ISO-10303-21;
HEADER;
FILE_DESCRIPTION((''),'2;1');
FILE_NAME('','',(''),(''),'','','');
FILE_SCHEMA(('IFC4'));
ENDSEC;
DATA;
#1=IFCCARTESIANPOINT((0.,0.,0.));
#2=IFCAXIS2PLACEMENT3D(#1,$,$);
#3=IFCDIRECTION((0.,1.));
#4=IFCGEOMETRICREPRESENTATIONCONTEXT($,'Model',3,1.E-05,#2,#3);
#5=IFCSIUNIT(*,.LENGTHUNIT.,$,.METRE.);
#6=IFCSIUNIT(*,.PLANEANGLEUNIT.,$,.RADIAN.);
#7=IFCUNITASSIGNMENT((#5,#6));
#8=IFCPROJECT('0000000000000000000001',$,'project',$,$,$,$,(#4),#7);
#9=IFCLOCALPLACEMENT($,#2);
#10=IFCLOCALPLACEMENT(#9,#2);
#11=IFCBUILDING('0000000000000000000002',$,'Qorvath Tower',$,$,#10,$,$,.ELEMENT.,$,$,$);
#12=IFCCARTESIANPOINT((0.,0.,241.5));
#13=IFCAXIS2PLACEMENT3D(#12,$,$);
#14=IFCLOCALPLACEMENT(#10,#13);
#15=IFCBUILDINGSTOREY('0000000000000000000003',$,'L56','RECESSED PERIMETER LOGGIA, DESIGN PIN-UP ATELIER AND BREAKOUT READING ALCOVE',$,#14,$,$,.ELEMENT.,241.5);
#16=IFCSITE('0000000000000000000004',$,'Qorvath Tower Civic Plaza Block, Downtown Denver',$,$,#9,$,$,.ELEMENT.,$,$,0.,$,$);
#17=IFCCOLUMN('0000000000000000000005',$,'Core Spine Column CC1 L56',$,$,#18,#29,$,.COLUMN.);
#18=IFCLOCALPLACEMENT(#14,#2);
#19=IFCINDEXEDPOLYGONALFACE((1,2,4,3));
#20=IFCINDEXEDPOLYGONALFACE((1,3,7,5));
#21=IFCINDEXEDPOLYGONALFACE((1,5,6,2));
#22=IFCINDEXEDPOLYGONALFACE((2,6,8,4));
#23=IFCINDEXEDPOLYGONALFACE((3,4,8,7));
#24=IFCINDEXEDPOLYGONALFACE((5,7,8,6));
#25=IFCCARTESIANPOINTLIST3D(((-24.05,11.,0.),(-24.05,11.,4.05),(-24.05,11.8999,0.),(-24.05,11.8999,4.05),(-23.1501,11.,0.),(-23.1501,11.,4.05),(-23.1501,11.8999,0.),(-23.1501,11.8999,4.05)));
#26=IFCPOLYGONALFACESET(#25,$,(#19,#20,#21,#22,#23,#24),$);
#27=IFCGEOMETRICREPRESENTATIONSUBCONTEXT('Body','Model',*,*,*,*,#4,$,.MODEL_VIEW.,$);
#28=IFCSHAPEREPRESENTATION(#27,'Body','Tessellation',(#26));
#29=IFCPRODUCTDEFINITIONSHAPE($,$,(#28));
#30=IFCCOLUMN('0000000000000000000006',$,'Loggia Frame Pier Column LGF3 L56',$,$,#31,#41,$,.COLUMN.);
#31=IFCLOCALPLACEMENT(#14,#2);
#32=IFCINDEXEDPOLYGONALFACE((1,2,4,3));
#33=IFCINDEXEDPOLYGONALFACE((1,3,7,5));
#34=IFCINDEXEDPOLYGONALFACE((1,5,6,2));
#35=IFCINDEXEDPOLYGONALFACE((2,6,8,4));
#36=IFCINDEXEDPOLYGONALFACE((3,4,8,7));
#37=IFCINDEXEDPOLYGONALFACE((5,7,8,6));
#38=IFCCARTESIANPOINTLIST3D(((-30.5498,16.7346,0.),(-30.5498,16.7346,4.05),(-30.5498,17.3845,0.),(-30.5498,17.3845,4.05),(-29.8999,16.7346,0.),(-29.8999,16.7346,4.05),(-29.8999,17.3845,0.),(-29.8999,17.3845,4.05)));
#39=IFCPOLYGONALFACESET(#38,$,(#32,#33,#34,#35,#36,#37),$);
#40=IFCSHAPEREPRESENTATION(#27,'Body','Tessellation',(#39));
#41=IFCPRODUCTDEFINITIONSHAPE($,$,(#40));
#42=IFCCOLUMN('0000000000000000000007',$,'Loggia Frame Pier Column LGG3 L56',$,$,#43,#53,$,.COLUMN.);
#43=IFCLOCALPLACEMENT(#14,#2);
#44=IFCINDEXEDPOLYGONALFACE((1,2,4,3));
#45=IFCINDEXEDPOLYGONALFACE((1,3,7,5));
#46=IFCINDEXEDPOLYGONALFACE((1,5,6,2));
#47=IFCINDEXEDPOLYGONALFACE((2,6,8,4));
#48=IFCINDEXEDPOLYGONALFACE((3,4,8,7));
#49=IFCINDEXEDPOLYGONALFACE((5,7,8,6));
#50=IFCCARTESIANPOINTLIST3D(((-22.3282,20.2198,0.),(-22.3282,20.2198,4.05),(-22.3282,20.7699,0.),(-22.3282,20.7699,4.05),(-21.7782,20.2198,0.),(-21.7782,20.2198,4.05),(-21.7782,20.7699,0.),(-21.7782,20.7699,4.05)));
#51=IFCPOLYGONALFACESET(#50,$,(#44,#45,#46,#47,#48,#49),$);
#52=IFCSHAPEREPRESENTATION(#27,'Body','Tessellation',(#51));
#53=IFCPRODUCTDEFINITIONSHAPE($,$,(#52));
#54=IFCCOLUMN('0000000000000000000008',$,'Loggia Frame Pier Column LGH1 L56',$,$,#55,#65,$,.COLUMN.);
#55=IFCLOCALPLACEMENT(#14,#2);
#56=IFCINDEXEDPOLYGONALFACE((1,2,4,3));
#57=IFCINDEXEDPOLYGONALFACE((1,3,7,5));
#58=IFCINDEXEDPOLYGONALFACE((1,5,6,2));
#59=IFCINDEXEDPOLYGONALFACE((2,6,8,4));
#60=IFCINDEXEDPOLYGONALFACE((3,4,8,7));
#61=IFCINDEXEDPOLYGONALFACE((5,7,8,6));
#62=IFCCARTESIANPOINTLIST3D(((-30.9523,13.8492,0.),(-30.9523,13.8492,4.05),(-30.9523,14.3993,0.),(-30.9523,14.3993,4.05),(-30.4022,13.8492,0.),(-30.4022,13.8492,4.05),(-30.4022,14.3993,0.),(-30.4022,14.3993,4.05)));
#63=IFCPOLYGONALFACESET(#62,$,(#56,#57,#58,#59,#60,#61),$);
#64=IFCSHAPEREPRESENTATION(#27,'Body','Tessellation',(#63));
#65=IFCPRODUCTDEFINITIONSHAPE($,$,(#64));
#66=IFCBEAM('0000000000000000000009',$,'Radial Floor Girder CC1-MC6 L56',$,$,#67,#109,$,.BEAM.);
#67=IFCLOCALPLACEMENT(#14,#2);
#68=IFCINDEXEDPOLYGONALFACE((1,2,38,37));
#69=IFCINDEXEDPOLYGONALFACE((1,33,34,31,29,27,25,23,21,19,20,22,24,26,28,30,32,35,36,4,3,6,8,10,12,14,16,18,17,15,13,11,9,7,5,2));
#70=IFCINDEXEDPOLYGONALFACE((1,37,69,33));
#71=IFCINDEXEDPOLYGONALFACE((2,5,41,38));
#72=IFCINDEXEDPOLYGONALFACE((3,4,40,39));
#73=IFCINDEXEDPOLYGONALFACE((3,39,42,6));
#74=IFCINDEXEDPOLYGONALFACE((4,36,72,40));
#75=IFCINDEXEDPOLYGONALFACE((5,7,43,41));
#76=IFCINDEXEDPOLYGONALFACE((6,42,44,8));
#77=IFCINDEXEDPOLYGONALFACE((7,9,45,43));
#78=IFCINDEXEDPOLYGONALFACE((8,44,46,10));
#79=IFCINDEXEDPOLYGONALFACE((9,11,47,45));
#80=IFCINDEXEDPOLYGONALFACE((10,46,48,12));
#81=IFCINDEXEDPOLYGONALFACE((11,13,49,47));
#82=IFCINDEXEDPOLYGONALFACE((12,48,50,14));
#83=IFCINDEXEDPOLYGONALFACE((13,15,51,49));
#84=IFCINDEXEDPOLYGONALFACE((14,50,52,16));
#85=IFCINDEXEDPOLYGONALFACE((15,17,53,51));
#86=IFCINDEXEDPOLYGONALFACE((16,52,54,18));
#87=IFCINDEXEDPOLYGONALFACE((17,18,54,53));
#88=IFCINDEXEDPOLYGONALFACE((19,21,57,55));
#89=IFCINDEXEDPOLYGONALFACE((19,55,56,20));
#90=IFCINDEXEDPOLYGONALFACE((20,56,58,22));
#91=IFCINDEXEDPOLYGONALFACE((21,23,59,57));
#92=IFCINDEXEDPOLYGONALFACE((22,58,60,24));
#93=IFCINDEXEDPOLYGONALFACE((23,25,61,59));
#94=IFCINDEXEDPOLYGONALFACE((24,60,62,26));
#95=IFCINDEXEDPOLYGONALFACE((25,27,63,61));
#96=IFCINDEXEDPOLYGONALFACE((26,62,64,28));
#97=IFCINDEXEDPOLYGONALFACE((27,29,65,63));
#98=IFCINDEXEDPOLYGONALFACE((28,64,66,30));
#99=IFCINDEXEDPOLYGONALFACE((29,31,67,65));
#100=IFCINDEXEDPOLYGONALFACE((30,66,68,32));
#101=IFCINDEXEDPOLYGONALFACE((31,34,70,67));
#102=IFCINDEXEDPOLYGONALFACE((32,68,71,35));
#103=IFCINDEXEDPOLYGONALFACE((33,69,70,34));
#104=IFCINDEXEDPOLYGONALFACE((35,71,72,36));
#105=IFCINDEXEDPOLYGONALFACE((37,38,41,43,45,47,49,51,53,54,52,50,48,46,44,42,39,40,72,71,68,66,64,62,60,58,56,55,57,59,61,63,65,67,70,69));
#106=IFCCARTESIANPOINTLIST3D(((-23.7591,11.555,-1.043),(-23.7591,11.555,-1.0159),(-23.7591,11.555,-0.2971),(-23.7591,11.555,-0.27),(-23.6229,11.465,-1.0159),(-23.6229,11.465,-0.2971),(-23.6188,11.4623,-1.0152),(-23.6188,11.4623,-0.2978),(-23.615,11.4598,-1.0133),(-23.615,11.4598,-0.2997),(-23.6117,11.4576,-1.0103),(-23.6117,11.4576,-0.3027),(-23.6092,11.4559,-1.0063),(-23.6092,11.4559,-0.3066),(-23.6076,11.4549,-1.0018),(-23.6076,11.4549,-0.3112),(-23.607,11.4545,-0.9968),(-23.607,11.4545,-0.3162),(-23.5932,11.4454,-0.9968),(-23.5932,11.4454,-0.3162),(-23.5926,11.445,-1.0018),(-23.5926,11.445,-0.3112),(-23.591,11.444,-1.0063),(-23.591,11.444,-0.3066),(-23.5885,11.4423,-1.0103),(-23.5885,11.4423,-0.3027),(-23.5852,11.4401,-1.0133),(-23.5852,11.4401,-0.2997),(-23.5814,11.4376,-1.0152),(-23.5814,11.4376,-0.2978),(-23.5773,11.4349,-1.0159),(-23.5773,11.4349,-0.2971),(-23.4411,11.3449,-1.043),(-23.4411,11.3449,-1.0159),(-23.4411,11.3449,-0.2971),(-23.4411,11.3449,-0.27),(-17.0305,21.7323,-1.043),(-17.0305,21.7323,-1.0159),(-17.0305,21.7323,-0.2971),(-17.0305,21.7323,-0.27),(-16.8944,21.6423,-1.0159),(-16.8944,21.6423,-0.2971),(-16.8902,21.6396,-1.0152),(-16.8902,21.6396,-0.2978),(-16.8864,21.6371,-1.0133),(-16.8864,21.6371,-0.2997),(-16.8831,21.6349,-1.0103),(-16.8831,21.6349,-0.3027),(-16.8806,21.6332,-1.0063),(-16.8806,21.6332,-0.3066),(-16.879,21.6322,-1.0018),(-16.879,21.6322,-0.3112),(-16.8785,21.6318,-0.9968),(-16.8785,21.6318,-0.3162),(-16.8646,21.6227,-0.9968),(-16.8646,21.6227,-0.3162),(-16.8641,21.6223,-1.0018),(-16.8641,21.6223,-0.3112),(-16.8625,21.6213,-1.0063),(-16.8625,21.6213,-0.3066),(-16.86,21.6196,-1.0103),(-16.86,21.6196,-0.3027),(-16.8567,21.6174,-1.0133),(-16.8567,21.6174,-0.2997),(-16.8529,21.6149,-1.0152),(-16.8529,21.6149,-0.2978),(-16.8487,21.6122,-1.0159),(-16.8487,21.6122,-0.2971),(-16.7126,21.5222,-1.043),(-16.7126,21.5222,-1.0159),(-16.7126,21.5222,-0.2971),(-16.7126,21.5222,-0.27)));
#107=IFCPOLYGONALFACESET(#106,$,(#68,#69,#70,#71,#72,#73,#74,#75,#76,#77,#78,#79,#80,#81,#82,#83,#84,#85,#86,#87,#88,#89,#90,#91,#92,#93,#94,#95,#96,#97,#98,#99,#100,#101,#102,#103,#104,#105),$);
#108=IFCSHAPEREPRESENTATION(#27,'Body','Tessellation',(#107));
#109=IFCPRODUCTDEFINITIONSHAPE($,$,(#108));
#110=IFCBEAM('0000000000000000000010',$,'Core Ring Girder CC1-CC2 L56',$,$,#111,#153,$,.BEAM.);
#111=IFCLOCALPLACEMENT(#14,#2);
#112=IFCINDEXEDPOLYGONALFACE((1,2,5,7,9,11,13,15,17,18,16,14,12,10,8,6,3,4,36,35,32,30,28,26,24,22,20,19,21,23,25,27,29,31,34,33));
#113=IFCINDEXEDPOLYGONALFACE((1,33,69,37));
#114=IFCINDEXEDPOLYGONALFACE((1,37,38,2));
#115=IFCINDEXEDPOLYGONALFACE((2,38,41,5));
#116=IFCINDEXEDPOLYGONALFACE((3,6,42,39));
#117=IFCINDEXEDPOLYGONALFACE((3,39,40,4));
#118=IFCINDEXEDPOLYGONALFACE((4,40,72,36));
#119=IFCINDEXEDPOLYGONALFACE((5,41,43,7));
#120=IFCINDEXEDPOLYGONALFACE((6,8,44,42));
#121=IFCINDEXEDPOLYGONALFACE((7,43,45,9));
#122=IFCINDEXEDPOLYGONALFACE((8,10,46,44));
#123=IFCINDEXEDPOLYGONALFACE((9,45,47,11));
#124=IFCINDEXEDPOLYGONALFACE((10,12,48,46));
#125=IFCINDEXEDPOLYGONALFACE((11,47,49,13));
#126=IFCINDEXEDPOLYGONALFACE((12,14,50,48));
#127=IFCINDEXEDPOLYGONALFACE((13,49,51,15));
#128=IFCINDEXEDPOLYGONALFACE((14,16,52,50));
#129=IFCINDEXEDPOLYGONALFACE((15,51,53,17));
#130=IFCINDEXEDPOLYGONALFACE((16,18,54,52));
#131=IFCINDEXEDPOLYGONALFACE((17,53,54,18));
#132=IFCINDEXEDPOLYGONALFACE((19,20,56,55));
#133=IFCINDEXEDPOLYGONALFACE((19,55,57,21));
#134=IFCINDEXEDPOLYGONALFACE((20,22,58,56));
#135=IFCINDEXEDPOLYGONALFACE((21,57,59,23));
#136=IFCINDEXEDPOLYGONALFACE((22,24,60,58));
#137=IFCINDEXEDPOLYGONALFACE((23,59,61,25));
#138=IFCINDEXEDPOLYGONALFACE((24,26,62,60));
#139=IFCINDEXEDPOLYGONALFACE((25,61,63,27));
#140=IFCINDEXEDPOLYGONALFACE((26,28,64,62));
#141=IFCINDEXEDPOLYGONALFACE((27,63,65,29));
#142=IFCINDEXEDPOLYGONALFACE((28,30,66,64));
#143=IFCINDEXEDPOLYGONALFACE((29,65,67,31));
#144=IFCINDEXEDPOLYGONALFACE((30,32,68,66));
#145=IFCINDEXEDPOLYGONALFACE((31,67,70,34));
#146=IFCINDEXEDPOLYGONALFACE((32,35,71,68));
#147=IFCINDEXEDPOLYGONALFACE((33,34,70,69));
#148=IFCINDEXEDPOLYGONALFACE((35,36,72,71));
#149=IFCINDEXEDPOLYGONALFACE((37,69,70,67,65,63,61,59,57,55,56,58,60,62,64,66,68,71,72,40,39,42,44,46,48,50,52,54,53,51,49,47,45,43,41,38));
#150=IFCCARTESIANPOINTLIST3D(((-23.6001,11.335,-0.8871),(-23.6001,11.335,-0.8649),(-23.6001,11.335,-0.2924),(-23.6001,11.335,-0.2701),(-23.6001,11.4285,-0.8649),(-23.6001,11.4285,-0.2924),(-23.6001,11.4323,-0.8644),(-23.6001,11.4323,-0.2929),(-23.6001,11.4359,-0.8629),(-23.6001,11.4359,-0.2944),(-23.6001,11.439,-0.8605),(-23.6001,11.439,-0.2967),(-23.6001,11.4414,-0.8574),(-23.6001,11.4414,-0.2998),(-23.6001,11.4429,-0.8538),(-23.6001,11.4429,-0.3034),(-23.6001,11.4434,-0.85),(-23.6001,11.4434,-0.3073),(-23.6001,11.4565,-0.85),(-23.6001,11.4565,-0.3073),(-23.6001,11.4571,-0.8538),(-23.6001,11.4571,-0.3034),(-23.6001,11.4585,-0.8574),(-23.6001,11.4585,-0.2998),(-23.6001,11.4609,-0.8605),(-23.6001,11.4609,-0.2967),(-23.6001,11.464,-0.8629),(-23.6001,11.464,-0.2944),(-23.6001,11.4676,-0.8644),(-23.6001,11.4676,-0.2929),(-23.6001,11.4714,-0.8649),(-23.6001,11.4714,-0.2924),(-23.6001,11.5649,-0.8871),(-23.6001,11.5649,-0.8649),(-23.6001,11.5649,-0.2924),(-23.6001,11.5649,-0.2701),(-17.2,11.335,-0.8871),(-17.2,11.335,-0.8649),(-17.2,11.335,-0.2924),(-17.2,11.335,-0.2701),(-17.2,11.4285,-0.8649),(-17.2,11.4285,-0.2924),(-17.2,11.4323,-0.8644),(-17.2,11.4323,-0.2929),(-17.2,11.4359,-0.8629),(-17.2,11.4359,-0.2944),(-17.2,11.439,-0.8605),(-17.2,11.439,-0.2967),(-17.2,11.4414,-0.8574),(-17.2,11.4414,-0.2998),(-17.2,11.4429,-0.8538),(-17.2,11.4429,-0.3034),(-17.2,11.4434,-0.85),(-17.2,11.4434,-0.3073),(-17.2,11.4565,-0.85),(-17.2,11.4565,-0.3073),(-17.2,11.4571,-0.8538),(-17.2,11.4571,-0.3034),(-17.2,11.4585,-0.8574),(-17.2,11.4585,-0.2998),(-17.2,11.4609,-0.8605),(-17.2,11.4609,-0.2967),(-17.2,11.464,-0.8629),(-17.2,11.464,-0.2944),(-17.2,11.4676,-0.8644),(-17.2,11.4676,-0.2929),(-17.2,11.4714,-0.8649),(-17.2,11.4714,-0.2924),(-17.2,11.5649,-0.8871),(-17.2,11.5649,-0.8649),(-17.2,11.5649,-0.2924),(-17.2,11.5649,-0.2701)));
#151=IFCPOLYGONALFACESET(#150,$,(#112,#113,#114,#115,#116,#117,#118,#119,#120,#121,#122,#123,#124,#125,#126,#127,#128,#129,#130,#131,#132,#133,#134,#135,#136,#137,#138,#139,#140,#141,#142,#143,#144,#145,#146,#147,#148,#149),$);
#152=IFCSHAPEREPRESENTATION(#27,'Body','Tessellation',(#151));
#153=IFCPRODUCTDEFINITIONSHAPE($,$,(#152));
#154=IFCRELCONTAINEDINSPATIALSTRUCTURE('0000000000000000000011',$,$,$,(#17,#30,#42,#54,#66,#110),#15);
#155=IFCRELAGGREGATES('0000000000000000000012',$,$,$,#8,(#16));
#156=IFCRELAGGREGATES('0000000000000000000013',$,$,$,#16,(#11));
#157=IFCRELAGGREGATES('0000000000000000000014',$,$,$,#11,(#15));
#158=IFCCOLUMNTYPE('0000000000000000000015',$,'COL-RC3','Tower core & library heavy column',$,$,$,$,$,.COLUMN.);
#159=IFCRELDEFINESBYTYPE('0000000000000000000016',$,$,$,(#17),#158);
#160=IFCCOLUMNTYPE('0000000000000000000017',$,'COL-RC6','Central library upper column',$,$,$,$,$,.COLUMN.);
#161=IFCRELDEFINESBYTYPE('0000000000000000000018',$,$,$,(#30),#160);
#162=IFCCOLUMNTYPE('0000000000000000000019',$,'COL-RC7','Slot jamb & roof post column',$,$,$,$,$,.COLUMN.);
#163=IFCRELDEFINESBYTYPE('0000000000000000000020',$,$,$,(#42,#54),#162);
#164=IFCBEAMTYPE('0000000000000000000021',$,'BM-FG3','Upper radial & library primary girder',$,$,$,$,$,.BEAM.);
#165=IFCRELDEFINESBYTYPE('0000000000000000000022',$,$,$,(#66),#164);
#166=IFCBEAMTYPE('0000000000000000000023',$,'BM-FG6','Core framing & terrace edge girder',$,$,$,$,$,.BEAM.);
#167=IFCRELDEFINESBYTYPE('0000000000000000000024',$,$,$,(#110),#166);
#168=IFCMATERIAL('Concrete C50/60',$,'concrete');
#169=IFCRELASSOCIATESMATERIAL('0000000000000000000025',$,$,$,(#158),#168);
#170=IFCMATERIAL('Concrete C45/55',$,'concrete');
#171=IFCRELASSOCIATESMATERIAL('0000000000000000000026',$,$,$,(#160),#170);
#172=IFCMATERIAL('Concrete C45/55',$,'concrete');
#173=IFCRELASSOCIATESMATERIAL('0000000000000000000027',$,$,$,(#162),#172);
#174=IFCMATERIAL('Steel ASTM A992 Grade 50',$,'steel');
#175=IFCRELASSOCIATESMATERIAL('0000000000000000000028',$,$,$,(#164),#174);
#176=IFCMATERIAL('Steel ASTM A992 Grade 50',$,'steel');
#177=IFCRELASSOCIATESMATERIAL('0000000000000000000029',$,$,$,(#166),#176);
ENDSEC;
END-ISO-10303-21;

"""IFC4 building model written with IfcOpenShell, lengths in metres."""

from ifc_helpers import new_model, si_unit, direction, frame, origin, origin_2d, place, context, subcontext, project, spatial, rectangle, i_section, extrude, material, material_profile, profile_set, type_object, element, save


model = new_model("IFC4")

# Units and contexts
model_context = context("Model", 3, precision=1e-05, world=origin(), true_north=direction((0.0, 1.0)))
body_context = subcontext(model_context, "Body", "Model", "MODEL_VIEW")
ifc_project = project(units=[si_unit("LENGTHUNIT", "METRE"), si_unit("PLANEANGLEUNIT", "RADIAN")], contexts=[model_context])

# Site, building, storey
site_placement = place(None, origin())
site = spatial("IfcSite", under=ifc_project, at=site_placement, Name="Qorvath Tower Civic Plaza Block, Downtown Denver", CompositionType="ELEMENT", RefElevation=0.0)
building_placement = place(site_placement, origin())
building = spatial("IfcBuilding", under=site, at=building_placement, Name="Qorvath Tower", CompositionType="ELEMENT")
storey_placement = place(building_placement, frame((0.0, 0.0, 241.5)))
storey = spatial("IfcBuildingStorey", under=building, at=storey_placement, Name="L56", Description="RECESSED PERIMETER LOGGIA, DESIGN PIN-UP ATELIER AND BREAKOUT READING ALCOVE", CompositionType="ELEMENT", Elevation=241.5)

# Columns
ifc_material_1 = material(Name="Concrete C50/60", Category="concrete")
ifc_material_profile_1 = material_profile(ifc_material_1, rectangle(XDim=0.8999, YDim=0.8999, at=origin_2d()), Name="RC 900x900")
ifc_profile_set_1 = profile_set([ifc_material_profile_1], Name="Concrete C50/60")
column_type_1 = type_object("IfcColumnType", Name="COL-RC3", Description="Tower core & library heavy column", PredefinedType="COLUMN", material=ifc_profile_set_1)
column_1_placement = place(storey_placement, frame((-23.6001, 11.45, 0.0), z_axis=(0.0, 0.0, 1.0), x_axis=(1.0, 0.0, 0.0)))
element("IfcColumn", 1, at=column_1_placement, inside=storey, type_object=column_type_1, Name="Core Spine Column CC1 L56", PredefinedType="COLUMN", context=body_context, shape_type="SweptSolid", body=[
    extrude(rectangle(XDim=0.8999, YDim=0.8999, at=origin_2d()), origin(), (0.0, 0.0, 1.0), 4.05),
])
ifc_material_2 = material(Name="Concrete C45/55", Category="concrete")
ifc_material_profile_2 = material_profile(ifc_material_2, rectangle(XDim=0.6499, YDim=0.6499, at=origin_2d()), Name="RC 650x650")
ifc_profile_set_2 = profile_set([ifc_material_profile_2], Name="Concrete C45/55")
column_type_2 = type_object("IfcColumnType", Name="COL-RC6", Description="Central library upper column", PredefinedType="COLUMN", material=ifc_profile_set_2)
column_2_placement = place(storey_placement, frame((-30.2249, 17.0596, 0.0), z_axis=(0.0, 0.0, 1.0), x_axis=(1.0, 0.0, 0.0)))
element("IfcColumn", 2, at=column_2_placement, inside=storey, type_object=column_type_2, Name="Loggia Frame Pier Column LGF3 L56", PredefinedType="COLUMN", context=body_context, shape_type="SweptSolid", body=[
    extrude(rectangle(XDim=0.6499, YDim=0.6499, at=origin_2d()), origin(), (0.0, 0.0, 1.0), 4.05),
])
ifc_material_3 = material(Name="Concrete C45/55", Category="concrete")
ifc_material_profile_3 = material_profile(ifc_material_3, rectangle(XDim=0.55, YDim=0.55, at=origin_2d()), Name="RC 550x550")
ifc_profile_set_3 = profile_set([ifc_material_profile_3], Name="Concrete C45/55")
column_type_3 = type_object("IfcColumnType", Name="COL-RC7", Description="Slot jamb & roof post column", PredefinedType="COLUMN", material=ifc_profile_set_3)
for number, where, z_axis, x_axis, name in (
    (3, (-22.0532, 20.4949, 0.0), (0.0, 0.0, 1.0), (1.0, 0.0, 0.0), "Loggia Frame Pier Column LGG3 L56"),
    (4, (-30.6772, 14.1243, 0.0), (0.0, 0.0, 1.0), (1.0, 0.0, 0.0), "Loggia Frame Pier Column LGH1 L56"),
):
    element("IfcColumn", number, at=place(storey_placement, frame(where, z_axis=z_axis, x_axis=x_axis)), inside=storey, type_object=column_type_3, Name=name, PredefinedType="COLUMN", context=body_context, shape_type="SweptSolid", body=[
        extrude(rectangle(XDim=0.55, YDim=0.55, at=origin_2d()), origin(), (0.0, 0.0, 1.0), 4.05),
    ])

# Beams
ifc_material_4 = material(Name="Steel ASTM A992 Grade 50", Category="steel")
ifc_material_profile_4 = material_profile(ifc_material_4, i_section(OverallWidth=0.3811, OverallDepth=0.7729, WebThickness=0.0166, FlangeThickness=0.0271, FilletRadius=0.019, at=origin_2d()), Name="W30x173")
ifc_profile_set_4 = profile_set([ifc_material_profile_4], Name="Steel ASTM A992 Grade 50")
beam_type_1 = type_object("IfcBeamType", Name="BM-FG3", Description="Upper radial & library primary girder", PredefinedType="BEAM", material=ifc_profile_set_4)
beam_1_placement = place(storey_placement, frame((-23.6001, 11.45, -0.6565), z_axis=(0.551501, 0.834175, 0.0), x_axis=(-0.834175, 0.551501, 0.0)))
element("IfcBeam", 5, at=beam_1_placement, inside=storey, type_object=beam_type_1, Name="Radial Floor Girder CC1-MC6 L56", PredefinedType="BEAM", context=body_context, shape_type="SweptSolid", body=[
    extrude(i_section(OverallWidth=0.3811, OverallDepth=0.7729, WebThickness=0.0166, FlangeThickness=0.0271, FilletRadius=0.019, at=origin_2d()), origin(), (0.0, 0.0, 1.0), 12.2004),
])
ifc_material_5 = material(Name="Steel ASTM A992 Grade 50", Category="steel")
ifc_material_profile_5 = material_profile(ifc_material_5, i_section(OverallWidth=0.23, OverallDepth=0.6169, WebThickness=0.0132, FlangeThickness=0.0222, FilletRadius=0.0149, at=origin_2d()), Name="W24x94")
ifc_profile_set_5 = profile_set([ifc_material_profile_5], Name="Steel ASTM A992 Grade 50")
beam_type_2 = type_object("IfcBeamType", Name="BM-FG6", Description="Core framing & terrace edge girder", PredefinedType="BEAM", material=ifc_profile_set_5)
beam_2_placement = place(storey_placement, frame((-23.6001, 11.45, -0.5786), z_axis=(1.0, 0.0, 0.0), x_axis=(0.0, 1.0, 0.0)))
element("IfcBeam", 6, at=beam_2_placement, inside=storey, type_object=beam_type_2, Name="Core Ring Girder CC1-CC2 L56", PredefinedType="BEAM", context=body_context, shape_type="SweptSolid", body=[
    extrude(i_section(OverallWidth=0.23, OverallDepth=0.6169, WebThickness=0.0132, FlangeThickness=0.0222, FilletRadius=0.0149, at=origin_2d()), origin(), (0.0, 0.0, 1.0), 6.4001),
])

save(model, "model.ifc")
